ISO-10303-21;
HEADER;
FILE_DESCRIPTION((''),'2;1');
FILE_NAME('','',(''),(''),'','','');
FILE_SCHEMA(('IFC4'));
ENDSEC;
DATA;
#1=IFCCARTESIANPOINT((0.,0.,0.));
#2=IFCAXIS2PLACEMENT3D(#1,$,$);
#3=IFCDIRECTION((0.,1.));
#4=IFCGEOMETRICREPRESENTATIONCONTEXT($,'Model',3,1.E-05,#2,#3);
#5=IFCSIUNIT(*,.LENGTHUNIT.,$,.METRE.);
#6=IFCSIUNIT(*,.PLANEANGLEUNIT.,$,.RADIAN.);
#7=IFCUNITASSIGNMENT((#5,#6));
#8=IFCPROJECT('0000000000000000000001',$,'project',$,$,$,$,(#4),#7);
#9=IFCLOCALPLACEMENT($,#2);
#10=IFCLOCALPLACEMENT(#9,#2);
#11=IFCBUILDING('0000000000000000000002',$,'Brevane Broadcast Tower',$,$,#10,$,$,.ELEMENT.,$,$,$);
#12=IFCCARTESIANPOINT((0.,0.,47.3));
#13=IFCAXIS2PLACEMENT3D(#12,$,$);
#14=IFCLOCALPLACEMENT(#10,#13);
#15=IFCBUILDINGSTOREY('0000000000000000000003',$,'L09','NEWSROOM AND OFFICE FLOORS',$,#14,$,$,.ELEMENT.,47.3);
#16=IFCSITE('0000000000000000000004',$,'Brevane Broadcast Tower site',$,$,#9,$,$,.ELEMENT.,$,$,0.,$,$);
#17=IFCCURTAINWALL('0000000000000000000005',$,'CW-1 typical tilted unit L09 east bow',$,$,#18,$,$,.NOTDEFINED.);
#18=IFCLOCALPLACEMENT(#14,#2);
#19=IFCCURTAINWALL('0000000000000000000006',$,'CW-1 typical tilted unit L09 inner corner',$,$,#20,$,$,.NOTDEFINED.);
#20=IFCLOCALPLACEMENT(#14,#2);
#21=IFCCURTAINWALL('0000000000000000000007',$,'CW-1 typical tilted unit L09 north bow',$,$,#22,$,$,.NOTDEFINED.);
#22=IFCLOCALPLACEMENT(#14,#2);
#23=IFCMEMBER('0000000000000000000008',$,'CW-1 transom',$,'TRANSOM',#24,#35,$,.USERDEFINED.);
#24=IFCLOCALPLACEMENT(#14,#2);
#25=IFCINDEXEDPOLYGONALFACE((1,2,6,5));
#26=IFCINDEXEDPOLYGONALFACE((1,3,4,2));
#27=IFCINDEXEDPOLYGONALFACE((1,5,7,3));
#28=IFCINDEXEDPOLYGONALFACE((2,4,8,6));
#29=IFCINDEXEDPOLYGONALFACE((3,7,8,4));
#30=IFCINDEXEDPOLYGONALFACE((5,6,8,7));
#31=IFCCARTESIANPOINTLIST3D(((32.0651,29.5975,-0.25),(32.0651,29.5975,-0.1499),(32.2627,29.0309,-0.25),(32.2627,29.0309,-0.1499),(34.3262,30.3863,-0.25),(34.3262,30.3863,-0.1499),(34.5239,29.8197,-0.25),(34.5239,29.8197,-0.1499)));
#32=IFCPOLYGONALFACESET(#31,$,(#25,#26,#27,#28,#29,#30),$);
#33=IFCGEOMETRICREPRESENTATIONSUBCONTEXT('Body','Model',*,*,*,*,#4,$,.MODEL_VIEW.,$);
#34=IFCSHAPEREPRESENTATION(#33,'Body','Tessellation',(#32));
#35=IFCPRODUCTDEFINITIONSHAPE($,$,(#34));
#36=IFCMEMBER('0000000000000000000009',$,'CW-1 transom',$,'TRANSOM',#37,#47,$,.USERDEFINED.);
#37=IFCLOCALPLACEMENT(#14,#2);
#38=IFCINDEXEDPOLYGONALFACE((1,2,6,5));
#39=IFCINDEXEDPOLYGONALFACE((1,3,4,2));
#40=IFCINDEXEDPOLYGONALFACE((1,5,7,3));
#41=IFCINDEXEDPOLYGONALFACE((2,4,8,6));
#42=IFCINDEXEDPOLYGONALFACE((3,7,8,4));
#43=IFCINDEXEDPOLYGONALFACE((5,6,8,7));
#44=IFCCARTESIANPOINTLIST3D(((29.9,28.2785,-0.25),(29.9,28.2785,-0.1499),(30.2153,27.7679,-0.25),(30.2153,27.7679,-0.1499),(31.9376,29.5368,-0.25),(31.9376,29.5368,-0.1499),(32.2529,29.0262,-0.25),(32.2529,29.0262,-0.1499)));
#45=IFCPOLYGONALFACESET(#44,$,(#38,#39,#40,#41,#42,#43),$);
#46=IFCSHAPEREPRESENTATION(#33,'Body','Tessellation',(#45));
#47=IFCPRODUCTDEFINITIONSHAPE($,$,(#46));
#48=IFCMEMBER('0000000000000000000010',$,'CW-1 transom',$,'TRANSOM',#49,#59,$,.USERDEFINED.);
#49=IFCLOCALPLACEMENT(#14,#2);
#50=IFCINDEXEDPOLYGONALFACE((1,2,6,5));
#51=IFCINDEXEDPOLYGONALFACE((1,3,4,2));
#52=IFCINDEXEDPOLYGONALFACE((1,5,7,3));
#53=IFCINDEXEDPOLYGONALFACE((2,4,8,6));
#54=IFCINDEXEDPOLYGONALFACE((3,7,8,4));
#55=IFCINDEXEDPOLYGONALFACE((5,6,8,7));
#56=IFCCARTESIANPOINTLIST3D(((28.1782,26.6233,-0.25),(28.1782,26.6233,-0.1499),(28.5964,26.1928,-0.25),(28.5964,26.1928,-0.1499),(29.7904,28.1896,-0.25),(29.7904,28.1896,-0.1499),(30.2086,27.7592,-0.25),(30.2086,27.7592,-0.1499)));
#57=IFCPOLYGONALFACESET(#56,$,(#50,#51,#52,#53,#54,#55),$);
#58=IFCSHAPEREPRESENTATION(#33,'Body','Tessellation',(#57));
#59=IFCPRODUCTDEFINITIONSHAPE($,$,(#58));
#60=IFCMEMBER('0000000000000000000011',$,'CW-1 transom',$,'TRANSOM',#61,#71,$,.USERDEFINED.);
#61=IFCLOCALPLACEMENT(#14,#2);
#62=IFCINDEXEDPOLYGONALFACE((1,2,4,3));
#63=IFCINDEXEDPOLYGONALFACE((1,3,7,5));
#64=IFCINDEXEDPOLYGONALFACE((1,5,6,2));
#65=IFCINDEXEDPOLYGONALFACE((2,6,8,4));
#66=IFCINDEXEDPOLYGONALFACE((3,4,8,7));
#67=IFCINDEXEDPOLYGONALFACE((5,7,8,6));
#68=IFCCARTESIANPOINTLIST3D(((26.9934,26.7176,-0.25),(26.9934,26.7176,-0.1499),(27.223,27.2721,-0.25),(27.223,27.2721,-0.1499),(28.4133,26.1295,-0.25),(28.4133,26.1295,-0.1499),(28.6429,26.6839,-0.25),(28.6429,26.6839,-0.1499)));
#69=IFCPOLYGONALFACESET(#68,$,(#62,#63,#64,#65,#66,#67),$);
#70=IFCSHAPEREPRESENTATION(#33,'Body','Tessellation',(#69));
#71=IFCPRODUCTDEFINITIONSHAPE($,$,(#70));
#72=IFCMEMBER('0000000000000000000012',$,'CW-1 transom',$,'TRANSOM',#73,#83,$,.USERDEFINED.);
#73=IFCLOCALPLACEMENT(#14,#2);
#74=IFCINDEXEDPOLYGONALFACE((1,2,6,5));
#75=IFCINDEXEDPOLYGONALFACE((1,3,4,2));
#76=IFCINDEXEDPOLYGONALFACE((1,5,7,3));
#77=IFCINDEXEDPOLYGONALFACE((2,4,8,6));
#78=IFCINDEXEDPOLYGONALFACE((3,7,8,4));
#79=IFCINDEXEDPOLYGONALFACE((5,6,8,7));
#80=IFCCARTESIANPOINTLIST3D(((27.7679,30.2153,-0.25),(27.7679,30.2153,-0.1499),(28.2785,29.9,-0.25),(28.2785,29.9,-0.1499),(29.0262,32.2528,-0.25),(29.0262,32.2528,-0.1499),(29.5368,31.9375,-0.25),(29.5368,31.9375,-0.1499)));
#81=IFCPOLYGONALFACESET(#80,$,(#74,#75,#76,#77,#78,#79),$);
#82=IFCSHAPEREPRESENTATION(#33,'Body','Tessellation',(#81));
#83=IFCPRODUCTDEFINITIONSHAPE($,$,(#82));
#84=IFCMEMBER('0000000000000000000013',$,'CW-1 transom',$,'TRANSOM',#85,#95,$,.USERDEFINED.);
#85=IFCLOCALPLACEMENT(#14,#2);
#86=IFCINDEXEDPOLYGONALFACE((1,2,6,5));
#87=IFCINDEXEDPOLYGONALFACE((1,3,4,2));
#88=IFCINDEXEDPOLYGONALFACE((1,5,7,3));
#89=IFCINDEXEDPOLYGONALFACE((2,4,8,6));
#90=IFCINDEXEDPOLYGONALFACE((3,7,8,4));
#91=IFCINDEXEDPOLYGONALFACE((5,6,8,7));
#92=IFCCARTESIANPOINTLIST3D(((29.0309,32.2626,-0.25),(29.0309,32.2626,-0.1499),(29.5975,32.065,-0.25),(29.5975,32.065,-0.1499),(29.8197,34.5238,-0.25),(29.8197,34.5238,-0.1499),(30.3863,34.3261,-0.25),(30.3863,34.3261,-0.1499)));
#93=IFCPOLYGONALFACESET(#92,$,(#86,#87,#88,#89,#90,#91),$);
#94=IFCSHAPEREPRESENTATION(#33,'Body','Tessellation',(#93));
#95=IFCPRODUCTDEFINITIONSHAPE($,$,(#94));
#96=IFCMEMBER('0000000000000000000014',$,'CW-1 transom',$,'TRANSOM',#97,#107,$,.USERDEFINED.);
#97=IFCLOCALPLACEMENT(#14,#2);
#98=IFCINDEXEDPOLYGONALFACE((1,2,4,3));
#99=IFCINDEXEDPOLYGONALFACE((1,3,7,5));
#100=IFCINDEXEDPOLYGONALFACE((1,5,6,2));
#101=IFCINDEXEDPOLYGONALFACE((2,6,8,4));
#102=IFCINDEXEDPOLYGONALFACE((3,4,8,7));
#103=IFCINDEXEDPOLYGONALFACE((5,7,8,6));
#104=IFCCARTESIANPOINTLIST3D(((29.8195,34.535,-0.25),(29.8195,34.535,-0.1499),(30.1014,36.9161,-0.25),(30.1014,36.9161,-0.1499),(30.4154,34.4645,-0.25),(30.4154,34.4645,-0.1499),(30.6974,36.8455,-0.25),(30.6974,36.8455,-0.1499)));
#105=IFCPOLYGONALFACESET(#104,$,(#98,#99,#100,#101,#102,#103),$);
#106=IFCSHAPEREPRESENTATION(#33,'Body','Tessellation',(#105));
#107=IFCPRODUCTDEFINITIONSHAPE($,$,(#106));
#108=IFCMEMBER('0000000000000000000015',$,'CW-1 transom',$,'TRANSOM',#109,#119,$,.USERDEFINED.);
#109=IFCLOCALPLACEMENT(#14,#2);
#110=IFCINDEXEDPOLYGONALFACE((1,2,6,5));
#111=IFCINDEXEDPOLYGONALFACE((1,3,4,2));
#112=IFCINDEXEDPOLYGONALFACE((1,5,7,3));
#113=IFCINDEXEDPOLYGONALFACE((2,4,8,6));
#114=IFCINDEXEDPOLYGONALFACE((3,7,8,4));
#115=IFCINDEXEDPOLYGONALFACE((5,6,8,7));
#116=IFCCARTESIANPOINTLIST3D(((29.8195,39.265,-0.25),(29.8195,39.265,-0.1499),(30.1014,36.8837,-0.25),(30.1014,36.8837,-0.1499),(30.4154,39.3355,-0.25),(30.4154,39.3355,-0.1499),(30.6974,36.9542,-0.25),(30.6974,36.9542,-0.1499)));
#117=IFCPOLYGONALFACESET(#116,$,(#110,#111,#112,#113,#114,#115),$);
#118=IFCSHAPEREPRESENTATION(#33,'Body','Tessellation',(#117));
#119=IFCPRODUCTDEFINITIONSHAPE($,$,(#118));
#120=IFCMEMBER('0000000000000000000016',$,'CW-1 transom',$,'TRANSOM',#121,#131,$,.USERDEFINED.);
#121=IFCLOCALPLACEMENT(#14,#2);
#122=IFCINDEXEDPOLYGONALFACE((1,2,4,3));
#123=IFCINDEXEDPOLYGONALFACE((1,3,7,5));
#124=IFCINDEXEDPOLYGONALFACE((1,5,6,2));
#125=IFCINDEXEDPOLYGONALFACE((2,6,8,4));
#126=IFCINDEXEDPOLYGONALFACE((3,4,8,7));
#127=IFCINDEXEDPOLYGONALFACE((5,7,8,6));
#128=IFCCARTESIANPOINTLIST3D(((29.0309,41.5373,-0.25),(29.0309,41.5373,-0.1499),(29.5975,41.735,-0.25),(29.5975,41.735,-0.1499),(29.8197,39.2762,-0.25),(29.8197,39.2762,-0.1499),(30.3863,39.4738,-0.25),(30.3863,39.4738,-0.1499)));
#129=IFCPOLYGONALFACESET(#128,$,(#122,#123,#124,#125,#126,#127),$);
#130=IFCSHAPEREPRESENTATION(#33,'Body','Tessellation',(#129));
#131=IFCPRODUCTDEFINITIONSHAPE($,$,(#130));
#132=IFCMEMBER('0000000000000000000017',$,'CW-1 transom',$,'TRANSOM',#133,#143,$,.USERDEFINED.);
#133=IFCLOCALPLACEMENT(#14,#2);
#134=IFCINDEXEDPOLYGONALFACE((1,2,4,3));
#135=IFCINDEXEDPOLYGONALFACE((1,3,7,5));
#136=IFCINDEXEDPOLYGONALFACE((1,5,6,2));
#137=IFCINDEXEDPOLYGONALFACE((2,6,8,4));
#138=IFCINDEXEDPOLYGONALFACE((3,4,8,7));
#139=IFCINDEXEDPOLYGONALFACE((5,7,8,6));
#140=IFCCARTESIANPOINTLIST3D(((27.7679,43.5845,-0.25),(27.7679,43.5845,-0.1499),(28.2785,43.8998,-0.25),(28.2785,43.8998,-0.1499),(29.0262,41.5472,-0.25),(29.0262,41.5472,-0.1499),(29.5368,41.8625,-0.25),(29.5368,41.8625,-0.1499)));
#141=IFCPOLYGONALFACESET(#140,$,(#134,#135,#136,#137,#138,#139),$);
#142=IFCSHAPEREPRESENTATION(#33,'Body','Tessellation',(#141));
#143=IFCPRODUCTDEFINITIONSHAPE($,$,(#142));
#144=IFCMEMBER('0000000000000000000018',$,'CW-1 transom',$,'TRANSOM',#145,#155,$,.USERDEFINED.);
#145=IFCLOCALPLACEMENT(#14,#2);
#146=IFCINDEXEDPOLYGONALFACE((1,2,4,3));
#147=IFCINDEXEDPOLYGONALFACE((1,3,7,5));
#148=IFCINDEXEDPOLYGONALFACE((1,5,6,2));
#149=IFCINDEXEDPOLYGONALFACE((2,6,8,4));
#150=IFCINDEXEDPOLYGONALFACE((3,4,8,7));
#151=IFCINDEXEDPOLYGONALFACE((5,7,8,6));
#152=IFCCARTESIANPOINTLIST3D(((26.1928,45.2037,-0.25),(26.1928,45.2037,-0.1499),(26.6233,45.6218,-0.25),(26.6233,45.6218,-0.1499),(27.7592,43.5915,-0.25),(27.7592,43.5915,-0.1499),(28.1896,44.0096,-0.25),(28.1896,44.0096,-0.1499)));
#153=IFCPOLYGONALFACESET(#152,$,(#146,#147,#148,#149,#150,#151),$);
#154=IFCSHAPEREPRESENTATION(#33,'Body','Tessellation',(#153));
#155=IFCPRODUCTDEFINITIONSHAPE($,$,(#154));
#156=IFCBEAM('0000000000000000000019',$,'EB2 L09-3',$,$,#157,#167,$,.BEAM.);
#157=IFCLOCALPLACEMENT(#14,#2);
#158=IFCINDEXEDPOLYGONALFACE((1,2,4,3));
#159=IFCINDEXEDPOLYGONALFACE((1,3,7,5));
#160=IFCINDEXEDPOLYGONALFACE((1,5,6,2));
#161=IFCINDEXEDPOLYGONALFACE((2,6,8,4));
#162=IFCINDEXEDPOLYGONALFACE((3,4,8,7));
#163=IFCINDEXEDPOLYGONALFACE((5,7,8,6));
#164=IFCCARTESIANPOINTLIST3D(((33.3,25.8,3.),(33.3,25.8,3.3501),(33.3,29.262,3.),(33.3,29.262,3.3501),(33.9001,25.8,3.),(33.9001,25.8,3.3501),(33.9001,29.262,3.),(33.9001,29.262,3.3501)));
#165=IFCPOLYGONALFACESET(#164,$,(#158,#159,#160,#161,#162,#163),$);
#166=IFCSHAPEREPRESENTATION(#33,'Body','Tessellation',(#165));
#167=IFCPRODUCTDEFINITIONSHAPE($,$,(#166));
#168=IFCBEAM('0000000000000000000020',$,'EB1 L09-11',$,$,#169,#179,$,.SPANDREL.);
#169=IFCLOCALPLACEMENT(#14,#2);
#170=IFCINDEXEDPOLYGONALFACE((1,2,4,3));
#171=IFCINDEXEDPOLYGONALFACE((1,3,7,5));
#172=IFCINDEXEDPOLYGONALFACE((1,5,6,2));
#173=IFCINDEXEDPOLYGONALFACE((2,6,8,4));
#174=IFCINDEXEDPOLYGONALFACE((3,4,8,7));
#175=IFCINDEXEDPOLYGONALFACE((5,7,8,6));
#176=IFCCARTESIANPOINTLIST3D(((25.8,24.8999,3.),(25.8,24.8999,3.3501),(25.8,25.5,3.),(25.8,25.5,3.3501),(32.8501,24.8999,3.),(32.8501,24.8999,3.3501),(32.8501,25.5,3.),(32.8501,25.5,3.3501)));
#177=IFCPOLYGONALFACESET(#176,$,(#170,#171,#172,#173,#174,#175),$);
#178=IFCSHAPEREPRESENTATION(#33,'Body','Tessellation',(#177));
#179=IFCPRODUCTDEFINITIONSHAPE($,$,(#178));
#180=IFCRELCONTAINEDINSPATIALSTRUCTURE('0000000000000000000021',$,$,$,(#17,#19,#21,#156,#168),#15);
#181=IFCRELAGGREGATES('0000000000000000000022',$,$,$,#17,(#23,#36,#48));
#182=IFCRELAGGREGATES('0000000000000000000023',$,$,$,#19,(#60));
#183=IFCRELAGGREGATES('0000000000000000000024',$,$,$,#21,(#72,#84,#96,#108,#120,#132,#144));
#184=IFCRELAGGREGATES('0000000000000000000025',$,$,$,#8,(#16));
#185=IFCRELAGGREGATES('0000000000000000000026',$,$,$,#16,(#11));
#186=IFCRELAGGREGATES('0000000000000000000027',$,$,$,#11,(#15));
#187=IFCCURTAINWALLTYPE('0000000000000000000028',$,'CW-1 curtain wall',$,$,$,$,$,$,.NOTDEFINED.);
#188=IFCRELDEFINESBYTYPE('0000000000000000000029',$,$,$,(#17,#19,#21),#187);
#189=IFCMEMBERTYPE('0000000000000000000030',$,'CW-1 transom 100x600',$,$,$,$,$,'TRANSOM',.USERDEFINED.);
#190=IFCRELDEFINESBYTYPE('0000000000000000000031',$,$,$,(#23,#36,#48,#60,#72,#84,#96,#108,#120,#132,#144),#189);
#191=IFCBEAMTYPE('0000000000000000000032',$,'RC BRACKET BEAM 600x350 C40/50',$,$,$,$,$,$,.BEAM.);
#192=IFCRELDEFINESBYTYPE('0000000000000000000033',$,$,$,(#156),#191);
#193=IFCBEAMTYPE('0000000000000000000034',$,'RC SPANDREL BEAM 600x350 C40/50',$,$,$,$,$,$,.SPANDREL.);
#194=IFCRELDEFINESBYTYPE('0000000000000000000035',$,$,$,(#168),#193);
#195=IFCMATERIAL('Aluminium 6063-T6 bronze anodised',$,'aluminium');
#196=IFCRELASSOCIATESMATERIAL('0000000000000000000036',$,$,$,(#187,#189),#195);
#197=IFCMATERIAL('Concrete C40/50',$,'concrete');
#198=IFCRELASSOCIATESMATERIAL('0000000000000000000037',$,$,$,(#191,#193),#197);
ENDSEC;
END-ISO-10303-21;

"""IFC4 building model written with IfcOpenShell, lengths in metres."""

from ifc_helpers import new_model, si_unit, direction, frame, origin, origin_2d, place, context, subcontext, project, spatial, rectangle, extrude, material, material_profile, profile_set, type_object, element, aggregate, save


model = new_model("IFC4")

# Units and contexts
model_context = context("Model", 3, precision=1e-05, world=origin(), true_north=direction((0.0, 1.0)))
body_context = subcontext(model_context, "Body", "Model", "MODEL_VIEW")
ifc_project = project(units=[si_unit("LENGTHUNIT", "METRE"), si_unit("PLANEANGLEUNIT", "RADIAN")], contexts=[model_context])

# Site, building, storey
site_placement = place(None, origin())
site = spatial("IfcSite", under=ifc_project, at=site_placement, Name="Brevane Broadcast Tower site", CompositionType="ELEMENT", RefElevation=0.0)
building_placement = place(site_placement, origin())
building = spatial("IfcBuilding", under=site, at=building_placement, Name="Brevane Broadcast Tower", CompositionType="ELEMENT")
storey_placement = place(building_placement, frame((0.0, 0.0, 47.3)))
storey = spatial("IfcBuildingStorey", under=building, at=storey_placement, Name="L09", Description="NEWSROOM AND OFFICE FLOORS", CompositionType="ELEMENT", Elevation=47.3)

# Curtain walls
ifc_material_1 = material(Name="Aluminium 6063-T6 bronze anodised", Category="aluminium")
curtain_wall_type = type_object("IfcCurtainWallType", Name="CW-1 curtain wall", PredefinedType="NOTDEFINED", material=ifc_material_1)
curtain_wall_1_placement = place(storey_placement, origin())
curtain_wall_1 = element("IfcCurtainWall", 1, at=curtain_wall_1_placement, inside=storey, type_object=curtain_wall_type, Name="CW-1 typical tilted unit L09 east bow", PredefinedType="NOTDEFINED")
curtain_wall_2_placement = place(storey_placement, origin())
curtain_wall_2 = element("IfcCurtainWall", 2, at=curtain_wall_2_placement, inside=storey, type_object=curtain_wall_type, Name="CW-1 typical tilted unit L09 inner corner", PredefinedType="NOTDEFINED")
curtain_wall_3_placement = place(storey_placement, origin())
curtain_wall_3 = element("IfcCurtainWall", 3, at=curtain_wall_3_placement, inside=storey, type_object=curtain_wall_type, Name="CW-1 typical tilted unit L09 north bow", PredefinedType="NOTDEFINED")

# Members
ifc_material_profile_1 = material_profile(ifc_material_1, rectangle(XDim=0.6001, YDim=0.1001, at=origin_2d()), Name="RECT 100x600")
ifc_profile_set_1 = profile_set([ifc_material_profile_1], Name="Aluminium 6063-T6 bronze anodised")
member_type_1 = type_object("IfcMemberType", Name="CW-1 transom 100x600", ElementType="TRANSOM", PredefinedType="USERDEFINED", material=ifc_profile_set_1)
member_1_placement = place(storey_placement, frame((34.425, 30.103, -0.2), z_axis=(-0.944198, -0.329378, 0.0), x_axis=(0.329378, -0.944198, 0.0)))
member_1 = element("IfcMember", 4, at=member_1_placement, type_object=member_type_1, Name="CW-1 transom", ObjectType="TRANSOM", PredefinedType="USERDEFINED", context=body_context, shape_type="SweptSolid", body=[
    extrude(rectangle(XDim=0.6001, YDim=0.1001, at=origin_2d()), origin(), (0.0, 0.0, 1.0), 2.3948),
])
member_2_placement = place(storey_placement, frame((32.0952, 29.2815, -0.2), z_axis=(-0.850838, -0.525428, 0.0), x_axis=(0.525428, -0.850838, 0.0)))
member_2 = element("IfcMember", 5, at=member_2_placement, type_object=member_type_1, Name="CW-1 transom", ObjectType="TRANSOM", PredefinedType="USERDEFINED", context=body_context, shape_type="SweptSolid", body=[
    extrude(rectangle(XDim=0.6001, YDim=0.1001, at=origin_2d()), origin(), (0.0, 0.0, 1.0), 2.3948),
])
member_3_placement = place(storey_placement, frame((29.9995, 27.9744, -0.2), z_axis=(-0.717242, -0.696824, 0.0), x_axis=(0.696824, -0.717242, 0.0)))
member_3 = element("IfcMember", 6, at=member_3_placement, type_object=member_type_1, Name="CW-1 transom", ObjectType="TRANSOM", PredefinedType="USERDEFINED", context=body_context, shape_type="SweptSolid", body=[
    extrude(rectangle(XDim=0.6001, YDim=0.1001, at=origin_2d()), origin(), (0.0, 0.0, 1.0), 2.2478),
])
aggregate(curtain_wall_1, [member_1, member_2, member_3])
member_4_placement = place(storey_placement, frame((28.5281, 26.4067, -0.2), z_axis=(-0.923883, 0.382674, 0.0), x_axis=(-0.382674, -0.923883, 0.0)))
member_4 = element("IfcMember", 7, at=member_4_placement, type_object=member_type_1, Name="CW-1 transom", ObjectType="TRANSOM", PredefinedType="USERDEFINED", context=body_context, shape_type="SweptSolid", body=[
    extrude(rectangle(XDim=0.6001, YDim=0.1001, at=origin_2d()), origin(), (0.0, 0.0, 1.0), 1.5369),
])
aggregate(curtain_wall_2, [member_4])
member_5_placement = place(storey_placement, frame((28.0232, 30.0576, -0.2), z_axis=(0.525428, 0.850838, 0.0), x_axis=(-0.850838, 0.525428, 0.0)))
member_5 = element("IfcMember", 8, at=member_5_placement, type_object=member_type_1, Name="CW-1 transom", ObjectType="TRANSOM", PredefinedType="USERDEFINED", context=body_context, shape_type="SweptSolid", body=[
    extrude(rectangle(XDim=0.6001, YDim=0.1001, at=origin_2d()), origin(), (0.0, 0.0, 1.0), 2.3948),
])
member_6_placement = place(storey_placement, frame((29.3142, 32.1638, -0.2), z_axis=(0.329378, 0.944198, 0.0), x_axis=(-0.944198, 0.329378, 0.0)))
member_6 = element("IfcMember", 9, at=member_6_placement, type_object=member_type_1, Name="CW-1 transom", ObjectType="TRANSOM", PredefinedType="USERDEFINED", context=body_context, shape_type="SweptSolid", body=[
    extrude(rectangle(XDim=0.6001, YDim=0.1001, at=origin_2d()), origin(), (0.0, 0.0, 1.0), 2.3948),
])
member_7_placement = place(storey_placement, frame((30.1174, 34.4998, -0.2), z_axis=(0.117603, 0.993061, 0.0), x_axis=(-0.993061, 0.117603, 0.0)))
member_7 = element("IfcMember", 10, at=member_7_placement, type_object=member_type_1, Name="CW-1 transom", ObjectType="TRANSOM", PredefinedType="USERDEFINED", context=body_context, shape_type="SweptSolid", body=[
    extrude(rectangle(XDim=0.6001, YDim=0.1001, at=origin_2d()), origin(), (0.0, 0.0, 1.0), 2.3977),
])
member_8_placement = place(storey_placement, frame((30.3994, 36.9189, -0.2), z_axis=(-0.117591, 0.993062, 0.0), x_axis=(-0.993062, -0.117591, 0.0)))
member_8 = element("IfcMember", 11, at=member_8_placement, type_object=member_type_1, Name="CW-1 transom", ObjectType="TRANSOM", PredefinedType="USERDEFINED", context=body_context, shape_type="SweptSolid", body=[
    extrude(rectangle(XDim=0.6001, YDim=0.1001, at=origin_2d()), origin(), (0.0, 0.0, 1.0), 2.3979),
])
member_9_placement = place(storey_placement, frame((30.103, 39.375, -0.2), z_axis=(-0.329378, 0.944198, 0.0), x_axis=(-0.944198, -0.329378, 0.0)))
member_9 = element("IfcMember", 12, at=member_9_placement, type_object=member_type_1, Name="CW-1 transom", ObjectType="TRANSOM", PredefinedType="USERDEFINED", context=body_context, shape_type="SweptSolid", body=[
    extrude(rectangle(XDim=0.6001, YDim=0.1001, at=origin_2d()), origin(), (0.0, 0.0, 1.0), 2.3948),
])
member_10_placement = place(storey_placement, frame((29.2815, 41.7048, -0.2), z_axis=(-0.525473, 0.85081, 0.0), x_axis=(-0.85081, -0.525473, 0.0)))
member_10 = element("IfcMember", 13, at=member_10_placement, type_object=member_type_1, Name="CW-1 transom", ObjectType="TRANSOM", PredefinedType="USERDEFINED", context=body_context, shape_type="SweptSolid", body=[
    extrude(rectangle(XDim=0.6001, YDim=0.1001, at=origin_2d()), origin(), (0.0, 0.0, 1.0), 2.3945),
])
member_11_placement = place(storey_placement, frame((27.9744, 43.8005, -0.2), z_axis=(-0.696824, 0.717242, 0.0), x_axis=(-0.717242, -0.696824, 0.0)))
member_11 = element("IfcMember", 14, at=member_11_placement, type_object=member_type_1, Name="CW-1 transom", ObjectType="TRANSOM", PredefinedType="USERDEFINED", context=body_context, shape_type="SweptSolid", body=[
    extrude(rectangle(XDim=0.6001, YDim=0.1001, at=origin_2d()), origin(), (0.0, 0.0, 1.0), 2.2478),
])
aggregate(curtain_wall_3, [member_5, member_6, member_7, member_8, member_9, member_10, member_11])

# Beams
ifc_material_2 = material(Name="Concrete C40/50", Category="concrete")
ifc_material_profile_2 = material_profile(ifc_material_2, rectangle(XDim=0.6001, YDim=0.3501, at=origin_2d()), Name="RC 600x350")
ifc_profile_set_2 = profile_set([ifc_material_profile_2], Name="Concrete C40/50")
beam_type_1 = type_object("IfcBeamType", Name="RC BRACKET BEAM 600x350 C40/50", PredefinedType="BEAM", material=ifc_profile_set_2)
beam_1_placement = place(storey_placement, frame((33.6001, 25.8, 3.175), z_axis=(0.0, 1.0, 0.0), x_axis=(-1.0, 0.0, 0.0)))
element("IfcBeam", 15, at=beam_1_placement, inside=storey, type_object=beam_type_1, Name="EB2 L09-3", PredefinedType="BEAM", context=body_context, shape_type="SweptSolid", body=[
    extrude(rectangle(XDim=0.6001, YDim=0.3501, at=origin_2d()), origin(), (0.0, 0.0, 1.0), 3.4619),
])
ifc_material_profile_3 = material_profile(ifc_material_2, rectangle(XDim=0.6001, YDim=0.3501, at=origin_2d()), Name="RC 600x350")
ifc_profile_set_3 = profile_set([ifc_material_profile_3], Name="Concrete C40/50")
beam_type_2 = type_object("IfcBeamType", Name="RC SPANDREL BEAM 600x350 C40/50", PredefinedType="SPANDREL", material=ifc_profile_set_3)
beam_2_placement = place(storey_placement, frame((32.8501, 25.2, 3.175), z_axis=(-1.0, 0.0, 0.0), x_axis=(0.0, -1.0, 0.0)))
element("IfcBeam", 16, at=beam_2_placement, inside=storey, type_object=beam_type_2, Name="EB1 L09-11", PredefinedType="SPANDREL", context=body_context, shape_type="SweptSolid", body=[
    extrude(rectangle(XDim=0.6001, YDim=0.3501, at=origin_2d()), origin(), (0.0, 0.0, 1.0), 7.05),
])

save(model, "model.ifc")
